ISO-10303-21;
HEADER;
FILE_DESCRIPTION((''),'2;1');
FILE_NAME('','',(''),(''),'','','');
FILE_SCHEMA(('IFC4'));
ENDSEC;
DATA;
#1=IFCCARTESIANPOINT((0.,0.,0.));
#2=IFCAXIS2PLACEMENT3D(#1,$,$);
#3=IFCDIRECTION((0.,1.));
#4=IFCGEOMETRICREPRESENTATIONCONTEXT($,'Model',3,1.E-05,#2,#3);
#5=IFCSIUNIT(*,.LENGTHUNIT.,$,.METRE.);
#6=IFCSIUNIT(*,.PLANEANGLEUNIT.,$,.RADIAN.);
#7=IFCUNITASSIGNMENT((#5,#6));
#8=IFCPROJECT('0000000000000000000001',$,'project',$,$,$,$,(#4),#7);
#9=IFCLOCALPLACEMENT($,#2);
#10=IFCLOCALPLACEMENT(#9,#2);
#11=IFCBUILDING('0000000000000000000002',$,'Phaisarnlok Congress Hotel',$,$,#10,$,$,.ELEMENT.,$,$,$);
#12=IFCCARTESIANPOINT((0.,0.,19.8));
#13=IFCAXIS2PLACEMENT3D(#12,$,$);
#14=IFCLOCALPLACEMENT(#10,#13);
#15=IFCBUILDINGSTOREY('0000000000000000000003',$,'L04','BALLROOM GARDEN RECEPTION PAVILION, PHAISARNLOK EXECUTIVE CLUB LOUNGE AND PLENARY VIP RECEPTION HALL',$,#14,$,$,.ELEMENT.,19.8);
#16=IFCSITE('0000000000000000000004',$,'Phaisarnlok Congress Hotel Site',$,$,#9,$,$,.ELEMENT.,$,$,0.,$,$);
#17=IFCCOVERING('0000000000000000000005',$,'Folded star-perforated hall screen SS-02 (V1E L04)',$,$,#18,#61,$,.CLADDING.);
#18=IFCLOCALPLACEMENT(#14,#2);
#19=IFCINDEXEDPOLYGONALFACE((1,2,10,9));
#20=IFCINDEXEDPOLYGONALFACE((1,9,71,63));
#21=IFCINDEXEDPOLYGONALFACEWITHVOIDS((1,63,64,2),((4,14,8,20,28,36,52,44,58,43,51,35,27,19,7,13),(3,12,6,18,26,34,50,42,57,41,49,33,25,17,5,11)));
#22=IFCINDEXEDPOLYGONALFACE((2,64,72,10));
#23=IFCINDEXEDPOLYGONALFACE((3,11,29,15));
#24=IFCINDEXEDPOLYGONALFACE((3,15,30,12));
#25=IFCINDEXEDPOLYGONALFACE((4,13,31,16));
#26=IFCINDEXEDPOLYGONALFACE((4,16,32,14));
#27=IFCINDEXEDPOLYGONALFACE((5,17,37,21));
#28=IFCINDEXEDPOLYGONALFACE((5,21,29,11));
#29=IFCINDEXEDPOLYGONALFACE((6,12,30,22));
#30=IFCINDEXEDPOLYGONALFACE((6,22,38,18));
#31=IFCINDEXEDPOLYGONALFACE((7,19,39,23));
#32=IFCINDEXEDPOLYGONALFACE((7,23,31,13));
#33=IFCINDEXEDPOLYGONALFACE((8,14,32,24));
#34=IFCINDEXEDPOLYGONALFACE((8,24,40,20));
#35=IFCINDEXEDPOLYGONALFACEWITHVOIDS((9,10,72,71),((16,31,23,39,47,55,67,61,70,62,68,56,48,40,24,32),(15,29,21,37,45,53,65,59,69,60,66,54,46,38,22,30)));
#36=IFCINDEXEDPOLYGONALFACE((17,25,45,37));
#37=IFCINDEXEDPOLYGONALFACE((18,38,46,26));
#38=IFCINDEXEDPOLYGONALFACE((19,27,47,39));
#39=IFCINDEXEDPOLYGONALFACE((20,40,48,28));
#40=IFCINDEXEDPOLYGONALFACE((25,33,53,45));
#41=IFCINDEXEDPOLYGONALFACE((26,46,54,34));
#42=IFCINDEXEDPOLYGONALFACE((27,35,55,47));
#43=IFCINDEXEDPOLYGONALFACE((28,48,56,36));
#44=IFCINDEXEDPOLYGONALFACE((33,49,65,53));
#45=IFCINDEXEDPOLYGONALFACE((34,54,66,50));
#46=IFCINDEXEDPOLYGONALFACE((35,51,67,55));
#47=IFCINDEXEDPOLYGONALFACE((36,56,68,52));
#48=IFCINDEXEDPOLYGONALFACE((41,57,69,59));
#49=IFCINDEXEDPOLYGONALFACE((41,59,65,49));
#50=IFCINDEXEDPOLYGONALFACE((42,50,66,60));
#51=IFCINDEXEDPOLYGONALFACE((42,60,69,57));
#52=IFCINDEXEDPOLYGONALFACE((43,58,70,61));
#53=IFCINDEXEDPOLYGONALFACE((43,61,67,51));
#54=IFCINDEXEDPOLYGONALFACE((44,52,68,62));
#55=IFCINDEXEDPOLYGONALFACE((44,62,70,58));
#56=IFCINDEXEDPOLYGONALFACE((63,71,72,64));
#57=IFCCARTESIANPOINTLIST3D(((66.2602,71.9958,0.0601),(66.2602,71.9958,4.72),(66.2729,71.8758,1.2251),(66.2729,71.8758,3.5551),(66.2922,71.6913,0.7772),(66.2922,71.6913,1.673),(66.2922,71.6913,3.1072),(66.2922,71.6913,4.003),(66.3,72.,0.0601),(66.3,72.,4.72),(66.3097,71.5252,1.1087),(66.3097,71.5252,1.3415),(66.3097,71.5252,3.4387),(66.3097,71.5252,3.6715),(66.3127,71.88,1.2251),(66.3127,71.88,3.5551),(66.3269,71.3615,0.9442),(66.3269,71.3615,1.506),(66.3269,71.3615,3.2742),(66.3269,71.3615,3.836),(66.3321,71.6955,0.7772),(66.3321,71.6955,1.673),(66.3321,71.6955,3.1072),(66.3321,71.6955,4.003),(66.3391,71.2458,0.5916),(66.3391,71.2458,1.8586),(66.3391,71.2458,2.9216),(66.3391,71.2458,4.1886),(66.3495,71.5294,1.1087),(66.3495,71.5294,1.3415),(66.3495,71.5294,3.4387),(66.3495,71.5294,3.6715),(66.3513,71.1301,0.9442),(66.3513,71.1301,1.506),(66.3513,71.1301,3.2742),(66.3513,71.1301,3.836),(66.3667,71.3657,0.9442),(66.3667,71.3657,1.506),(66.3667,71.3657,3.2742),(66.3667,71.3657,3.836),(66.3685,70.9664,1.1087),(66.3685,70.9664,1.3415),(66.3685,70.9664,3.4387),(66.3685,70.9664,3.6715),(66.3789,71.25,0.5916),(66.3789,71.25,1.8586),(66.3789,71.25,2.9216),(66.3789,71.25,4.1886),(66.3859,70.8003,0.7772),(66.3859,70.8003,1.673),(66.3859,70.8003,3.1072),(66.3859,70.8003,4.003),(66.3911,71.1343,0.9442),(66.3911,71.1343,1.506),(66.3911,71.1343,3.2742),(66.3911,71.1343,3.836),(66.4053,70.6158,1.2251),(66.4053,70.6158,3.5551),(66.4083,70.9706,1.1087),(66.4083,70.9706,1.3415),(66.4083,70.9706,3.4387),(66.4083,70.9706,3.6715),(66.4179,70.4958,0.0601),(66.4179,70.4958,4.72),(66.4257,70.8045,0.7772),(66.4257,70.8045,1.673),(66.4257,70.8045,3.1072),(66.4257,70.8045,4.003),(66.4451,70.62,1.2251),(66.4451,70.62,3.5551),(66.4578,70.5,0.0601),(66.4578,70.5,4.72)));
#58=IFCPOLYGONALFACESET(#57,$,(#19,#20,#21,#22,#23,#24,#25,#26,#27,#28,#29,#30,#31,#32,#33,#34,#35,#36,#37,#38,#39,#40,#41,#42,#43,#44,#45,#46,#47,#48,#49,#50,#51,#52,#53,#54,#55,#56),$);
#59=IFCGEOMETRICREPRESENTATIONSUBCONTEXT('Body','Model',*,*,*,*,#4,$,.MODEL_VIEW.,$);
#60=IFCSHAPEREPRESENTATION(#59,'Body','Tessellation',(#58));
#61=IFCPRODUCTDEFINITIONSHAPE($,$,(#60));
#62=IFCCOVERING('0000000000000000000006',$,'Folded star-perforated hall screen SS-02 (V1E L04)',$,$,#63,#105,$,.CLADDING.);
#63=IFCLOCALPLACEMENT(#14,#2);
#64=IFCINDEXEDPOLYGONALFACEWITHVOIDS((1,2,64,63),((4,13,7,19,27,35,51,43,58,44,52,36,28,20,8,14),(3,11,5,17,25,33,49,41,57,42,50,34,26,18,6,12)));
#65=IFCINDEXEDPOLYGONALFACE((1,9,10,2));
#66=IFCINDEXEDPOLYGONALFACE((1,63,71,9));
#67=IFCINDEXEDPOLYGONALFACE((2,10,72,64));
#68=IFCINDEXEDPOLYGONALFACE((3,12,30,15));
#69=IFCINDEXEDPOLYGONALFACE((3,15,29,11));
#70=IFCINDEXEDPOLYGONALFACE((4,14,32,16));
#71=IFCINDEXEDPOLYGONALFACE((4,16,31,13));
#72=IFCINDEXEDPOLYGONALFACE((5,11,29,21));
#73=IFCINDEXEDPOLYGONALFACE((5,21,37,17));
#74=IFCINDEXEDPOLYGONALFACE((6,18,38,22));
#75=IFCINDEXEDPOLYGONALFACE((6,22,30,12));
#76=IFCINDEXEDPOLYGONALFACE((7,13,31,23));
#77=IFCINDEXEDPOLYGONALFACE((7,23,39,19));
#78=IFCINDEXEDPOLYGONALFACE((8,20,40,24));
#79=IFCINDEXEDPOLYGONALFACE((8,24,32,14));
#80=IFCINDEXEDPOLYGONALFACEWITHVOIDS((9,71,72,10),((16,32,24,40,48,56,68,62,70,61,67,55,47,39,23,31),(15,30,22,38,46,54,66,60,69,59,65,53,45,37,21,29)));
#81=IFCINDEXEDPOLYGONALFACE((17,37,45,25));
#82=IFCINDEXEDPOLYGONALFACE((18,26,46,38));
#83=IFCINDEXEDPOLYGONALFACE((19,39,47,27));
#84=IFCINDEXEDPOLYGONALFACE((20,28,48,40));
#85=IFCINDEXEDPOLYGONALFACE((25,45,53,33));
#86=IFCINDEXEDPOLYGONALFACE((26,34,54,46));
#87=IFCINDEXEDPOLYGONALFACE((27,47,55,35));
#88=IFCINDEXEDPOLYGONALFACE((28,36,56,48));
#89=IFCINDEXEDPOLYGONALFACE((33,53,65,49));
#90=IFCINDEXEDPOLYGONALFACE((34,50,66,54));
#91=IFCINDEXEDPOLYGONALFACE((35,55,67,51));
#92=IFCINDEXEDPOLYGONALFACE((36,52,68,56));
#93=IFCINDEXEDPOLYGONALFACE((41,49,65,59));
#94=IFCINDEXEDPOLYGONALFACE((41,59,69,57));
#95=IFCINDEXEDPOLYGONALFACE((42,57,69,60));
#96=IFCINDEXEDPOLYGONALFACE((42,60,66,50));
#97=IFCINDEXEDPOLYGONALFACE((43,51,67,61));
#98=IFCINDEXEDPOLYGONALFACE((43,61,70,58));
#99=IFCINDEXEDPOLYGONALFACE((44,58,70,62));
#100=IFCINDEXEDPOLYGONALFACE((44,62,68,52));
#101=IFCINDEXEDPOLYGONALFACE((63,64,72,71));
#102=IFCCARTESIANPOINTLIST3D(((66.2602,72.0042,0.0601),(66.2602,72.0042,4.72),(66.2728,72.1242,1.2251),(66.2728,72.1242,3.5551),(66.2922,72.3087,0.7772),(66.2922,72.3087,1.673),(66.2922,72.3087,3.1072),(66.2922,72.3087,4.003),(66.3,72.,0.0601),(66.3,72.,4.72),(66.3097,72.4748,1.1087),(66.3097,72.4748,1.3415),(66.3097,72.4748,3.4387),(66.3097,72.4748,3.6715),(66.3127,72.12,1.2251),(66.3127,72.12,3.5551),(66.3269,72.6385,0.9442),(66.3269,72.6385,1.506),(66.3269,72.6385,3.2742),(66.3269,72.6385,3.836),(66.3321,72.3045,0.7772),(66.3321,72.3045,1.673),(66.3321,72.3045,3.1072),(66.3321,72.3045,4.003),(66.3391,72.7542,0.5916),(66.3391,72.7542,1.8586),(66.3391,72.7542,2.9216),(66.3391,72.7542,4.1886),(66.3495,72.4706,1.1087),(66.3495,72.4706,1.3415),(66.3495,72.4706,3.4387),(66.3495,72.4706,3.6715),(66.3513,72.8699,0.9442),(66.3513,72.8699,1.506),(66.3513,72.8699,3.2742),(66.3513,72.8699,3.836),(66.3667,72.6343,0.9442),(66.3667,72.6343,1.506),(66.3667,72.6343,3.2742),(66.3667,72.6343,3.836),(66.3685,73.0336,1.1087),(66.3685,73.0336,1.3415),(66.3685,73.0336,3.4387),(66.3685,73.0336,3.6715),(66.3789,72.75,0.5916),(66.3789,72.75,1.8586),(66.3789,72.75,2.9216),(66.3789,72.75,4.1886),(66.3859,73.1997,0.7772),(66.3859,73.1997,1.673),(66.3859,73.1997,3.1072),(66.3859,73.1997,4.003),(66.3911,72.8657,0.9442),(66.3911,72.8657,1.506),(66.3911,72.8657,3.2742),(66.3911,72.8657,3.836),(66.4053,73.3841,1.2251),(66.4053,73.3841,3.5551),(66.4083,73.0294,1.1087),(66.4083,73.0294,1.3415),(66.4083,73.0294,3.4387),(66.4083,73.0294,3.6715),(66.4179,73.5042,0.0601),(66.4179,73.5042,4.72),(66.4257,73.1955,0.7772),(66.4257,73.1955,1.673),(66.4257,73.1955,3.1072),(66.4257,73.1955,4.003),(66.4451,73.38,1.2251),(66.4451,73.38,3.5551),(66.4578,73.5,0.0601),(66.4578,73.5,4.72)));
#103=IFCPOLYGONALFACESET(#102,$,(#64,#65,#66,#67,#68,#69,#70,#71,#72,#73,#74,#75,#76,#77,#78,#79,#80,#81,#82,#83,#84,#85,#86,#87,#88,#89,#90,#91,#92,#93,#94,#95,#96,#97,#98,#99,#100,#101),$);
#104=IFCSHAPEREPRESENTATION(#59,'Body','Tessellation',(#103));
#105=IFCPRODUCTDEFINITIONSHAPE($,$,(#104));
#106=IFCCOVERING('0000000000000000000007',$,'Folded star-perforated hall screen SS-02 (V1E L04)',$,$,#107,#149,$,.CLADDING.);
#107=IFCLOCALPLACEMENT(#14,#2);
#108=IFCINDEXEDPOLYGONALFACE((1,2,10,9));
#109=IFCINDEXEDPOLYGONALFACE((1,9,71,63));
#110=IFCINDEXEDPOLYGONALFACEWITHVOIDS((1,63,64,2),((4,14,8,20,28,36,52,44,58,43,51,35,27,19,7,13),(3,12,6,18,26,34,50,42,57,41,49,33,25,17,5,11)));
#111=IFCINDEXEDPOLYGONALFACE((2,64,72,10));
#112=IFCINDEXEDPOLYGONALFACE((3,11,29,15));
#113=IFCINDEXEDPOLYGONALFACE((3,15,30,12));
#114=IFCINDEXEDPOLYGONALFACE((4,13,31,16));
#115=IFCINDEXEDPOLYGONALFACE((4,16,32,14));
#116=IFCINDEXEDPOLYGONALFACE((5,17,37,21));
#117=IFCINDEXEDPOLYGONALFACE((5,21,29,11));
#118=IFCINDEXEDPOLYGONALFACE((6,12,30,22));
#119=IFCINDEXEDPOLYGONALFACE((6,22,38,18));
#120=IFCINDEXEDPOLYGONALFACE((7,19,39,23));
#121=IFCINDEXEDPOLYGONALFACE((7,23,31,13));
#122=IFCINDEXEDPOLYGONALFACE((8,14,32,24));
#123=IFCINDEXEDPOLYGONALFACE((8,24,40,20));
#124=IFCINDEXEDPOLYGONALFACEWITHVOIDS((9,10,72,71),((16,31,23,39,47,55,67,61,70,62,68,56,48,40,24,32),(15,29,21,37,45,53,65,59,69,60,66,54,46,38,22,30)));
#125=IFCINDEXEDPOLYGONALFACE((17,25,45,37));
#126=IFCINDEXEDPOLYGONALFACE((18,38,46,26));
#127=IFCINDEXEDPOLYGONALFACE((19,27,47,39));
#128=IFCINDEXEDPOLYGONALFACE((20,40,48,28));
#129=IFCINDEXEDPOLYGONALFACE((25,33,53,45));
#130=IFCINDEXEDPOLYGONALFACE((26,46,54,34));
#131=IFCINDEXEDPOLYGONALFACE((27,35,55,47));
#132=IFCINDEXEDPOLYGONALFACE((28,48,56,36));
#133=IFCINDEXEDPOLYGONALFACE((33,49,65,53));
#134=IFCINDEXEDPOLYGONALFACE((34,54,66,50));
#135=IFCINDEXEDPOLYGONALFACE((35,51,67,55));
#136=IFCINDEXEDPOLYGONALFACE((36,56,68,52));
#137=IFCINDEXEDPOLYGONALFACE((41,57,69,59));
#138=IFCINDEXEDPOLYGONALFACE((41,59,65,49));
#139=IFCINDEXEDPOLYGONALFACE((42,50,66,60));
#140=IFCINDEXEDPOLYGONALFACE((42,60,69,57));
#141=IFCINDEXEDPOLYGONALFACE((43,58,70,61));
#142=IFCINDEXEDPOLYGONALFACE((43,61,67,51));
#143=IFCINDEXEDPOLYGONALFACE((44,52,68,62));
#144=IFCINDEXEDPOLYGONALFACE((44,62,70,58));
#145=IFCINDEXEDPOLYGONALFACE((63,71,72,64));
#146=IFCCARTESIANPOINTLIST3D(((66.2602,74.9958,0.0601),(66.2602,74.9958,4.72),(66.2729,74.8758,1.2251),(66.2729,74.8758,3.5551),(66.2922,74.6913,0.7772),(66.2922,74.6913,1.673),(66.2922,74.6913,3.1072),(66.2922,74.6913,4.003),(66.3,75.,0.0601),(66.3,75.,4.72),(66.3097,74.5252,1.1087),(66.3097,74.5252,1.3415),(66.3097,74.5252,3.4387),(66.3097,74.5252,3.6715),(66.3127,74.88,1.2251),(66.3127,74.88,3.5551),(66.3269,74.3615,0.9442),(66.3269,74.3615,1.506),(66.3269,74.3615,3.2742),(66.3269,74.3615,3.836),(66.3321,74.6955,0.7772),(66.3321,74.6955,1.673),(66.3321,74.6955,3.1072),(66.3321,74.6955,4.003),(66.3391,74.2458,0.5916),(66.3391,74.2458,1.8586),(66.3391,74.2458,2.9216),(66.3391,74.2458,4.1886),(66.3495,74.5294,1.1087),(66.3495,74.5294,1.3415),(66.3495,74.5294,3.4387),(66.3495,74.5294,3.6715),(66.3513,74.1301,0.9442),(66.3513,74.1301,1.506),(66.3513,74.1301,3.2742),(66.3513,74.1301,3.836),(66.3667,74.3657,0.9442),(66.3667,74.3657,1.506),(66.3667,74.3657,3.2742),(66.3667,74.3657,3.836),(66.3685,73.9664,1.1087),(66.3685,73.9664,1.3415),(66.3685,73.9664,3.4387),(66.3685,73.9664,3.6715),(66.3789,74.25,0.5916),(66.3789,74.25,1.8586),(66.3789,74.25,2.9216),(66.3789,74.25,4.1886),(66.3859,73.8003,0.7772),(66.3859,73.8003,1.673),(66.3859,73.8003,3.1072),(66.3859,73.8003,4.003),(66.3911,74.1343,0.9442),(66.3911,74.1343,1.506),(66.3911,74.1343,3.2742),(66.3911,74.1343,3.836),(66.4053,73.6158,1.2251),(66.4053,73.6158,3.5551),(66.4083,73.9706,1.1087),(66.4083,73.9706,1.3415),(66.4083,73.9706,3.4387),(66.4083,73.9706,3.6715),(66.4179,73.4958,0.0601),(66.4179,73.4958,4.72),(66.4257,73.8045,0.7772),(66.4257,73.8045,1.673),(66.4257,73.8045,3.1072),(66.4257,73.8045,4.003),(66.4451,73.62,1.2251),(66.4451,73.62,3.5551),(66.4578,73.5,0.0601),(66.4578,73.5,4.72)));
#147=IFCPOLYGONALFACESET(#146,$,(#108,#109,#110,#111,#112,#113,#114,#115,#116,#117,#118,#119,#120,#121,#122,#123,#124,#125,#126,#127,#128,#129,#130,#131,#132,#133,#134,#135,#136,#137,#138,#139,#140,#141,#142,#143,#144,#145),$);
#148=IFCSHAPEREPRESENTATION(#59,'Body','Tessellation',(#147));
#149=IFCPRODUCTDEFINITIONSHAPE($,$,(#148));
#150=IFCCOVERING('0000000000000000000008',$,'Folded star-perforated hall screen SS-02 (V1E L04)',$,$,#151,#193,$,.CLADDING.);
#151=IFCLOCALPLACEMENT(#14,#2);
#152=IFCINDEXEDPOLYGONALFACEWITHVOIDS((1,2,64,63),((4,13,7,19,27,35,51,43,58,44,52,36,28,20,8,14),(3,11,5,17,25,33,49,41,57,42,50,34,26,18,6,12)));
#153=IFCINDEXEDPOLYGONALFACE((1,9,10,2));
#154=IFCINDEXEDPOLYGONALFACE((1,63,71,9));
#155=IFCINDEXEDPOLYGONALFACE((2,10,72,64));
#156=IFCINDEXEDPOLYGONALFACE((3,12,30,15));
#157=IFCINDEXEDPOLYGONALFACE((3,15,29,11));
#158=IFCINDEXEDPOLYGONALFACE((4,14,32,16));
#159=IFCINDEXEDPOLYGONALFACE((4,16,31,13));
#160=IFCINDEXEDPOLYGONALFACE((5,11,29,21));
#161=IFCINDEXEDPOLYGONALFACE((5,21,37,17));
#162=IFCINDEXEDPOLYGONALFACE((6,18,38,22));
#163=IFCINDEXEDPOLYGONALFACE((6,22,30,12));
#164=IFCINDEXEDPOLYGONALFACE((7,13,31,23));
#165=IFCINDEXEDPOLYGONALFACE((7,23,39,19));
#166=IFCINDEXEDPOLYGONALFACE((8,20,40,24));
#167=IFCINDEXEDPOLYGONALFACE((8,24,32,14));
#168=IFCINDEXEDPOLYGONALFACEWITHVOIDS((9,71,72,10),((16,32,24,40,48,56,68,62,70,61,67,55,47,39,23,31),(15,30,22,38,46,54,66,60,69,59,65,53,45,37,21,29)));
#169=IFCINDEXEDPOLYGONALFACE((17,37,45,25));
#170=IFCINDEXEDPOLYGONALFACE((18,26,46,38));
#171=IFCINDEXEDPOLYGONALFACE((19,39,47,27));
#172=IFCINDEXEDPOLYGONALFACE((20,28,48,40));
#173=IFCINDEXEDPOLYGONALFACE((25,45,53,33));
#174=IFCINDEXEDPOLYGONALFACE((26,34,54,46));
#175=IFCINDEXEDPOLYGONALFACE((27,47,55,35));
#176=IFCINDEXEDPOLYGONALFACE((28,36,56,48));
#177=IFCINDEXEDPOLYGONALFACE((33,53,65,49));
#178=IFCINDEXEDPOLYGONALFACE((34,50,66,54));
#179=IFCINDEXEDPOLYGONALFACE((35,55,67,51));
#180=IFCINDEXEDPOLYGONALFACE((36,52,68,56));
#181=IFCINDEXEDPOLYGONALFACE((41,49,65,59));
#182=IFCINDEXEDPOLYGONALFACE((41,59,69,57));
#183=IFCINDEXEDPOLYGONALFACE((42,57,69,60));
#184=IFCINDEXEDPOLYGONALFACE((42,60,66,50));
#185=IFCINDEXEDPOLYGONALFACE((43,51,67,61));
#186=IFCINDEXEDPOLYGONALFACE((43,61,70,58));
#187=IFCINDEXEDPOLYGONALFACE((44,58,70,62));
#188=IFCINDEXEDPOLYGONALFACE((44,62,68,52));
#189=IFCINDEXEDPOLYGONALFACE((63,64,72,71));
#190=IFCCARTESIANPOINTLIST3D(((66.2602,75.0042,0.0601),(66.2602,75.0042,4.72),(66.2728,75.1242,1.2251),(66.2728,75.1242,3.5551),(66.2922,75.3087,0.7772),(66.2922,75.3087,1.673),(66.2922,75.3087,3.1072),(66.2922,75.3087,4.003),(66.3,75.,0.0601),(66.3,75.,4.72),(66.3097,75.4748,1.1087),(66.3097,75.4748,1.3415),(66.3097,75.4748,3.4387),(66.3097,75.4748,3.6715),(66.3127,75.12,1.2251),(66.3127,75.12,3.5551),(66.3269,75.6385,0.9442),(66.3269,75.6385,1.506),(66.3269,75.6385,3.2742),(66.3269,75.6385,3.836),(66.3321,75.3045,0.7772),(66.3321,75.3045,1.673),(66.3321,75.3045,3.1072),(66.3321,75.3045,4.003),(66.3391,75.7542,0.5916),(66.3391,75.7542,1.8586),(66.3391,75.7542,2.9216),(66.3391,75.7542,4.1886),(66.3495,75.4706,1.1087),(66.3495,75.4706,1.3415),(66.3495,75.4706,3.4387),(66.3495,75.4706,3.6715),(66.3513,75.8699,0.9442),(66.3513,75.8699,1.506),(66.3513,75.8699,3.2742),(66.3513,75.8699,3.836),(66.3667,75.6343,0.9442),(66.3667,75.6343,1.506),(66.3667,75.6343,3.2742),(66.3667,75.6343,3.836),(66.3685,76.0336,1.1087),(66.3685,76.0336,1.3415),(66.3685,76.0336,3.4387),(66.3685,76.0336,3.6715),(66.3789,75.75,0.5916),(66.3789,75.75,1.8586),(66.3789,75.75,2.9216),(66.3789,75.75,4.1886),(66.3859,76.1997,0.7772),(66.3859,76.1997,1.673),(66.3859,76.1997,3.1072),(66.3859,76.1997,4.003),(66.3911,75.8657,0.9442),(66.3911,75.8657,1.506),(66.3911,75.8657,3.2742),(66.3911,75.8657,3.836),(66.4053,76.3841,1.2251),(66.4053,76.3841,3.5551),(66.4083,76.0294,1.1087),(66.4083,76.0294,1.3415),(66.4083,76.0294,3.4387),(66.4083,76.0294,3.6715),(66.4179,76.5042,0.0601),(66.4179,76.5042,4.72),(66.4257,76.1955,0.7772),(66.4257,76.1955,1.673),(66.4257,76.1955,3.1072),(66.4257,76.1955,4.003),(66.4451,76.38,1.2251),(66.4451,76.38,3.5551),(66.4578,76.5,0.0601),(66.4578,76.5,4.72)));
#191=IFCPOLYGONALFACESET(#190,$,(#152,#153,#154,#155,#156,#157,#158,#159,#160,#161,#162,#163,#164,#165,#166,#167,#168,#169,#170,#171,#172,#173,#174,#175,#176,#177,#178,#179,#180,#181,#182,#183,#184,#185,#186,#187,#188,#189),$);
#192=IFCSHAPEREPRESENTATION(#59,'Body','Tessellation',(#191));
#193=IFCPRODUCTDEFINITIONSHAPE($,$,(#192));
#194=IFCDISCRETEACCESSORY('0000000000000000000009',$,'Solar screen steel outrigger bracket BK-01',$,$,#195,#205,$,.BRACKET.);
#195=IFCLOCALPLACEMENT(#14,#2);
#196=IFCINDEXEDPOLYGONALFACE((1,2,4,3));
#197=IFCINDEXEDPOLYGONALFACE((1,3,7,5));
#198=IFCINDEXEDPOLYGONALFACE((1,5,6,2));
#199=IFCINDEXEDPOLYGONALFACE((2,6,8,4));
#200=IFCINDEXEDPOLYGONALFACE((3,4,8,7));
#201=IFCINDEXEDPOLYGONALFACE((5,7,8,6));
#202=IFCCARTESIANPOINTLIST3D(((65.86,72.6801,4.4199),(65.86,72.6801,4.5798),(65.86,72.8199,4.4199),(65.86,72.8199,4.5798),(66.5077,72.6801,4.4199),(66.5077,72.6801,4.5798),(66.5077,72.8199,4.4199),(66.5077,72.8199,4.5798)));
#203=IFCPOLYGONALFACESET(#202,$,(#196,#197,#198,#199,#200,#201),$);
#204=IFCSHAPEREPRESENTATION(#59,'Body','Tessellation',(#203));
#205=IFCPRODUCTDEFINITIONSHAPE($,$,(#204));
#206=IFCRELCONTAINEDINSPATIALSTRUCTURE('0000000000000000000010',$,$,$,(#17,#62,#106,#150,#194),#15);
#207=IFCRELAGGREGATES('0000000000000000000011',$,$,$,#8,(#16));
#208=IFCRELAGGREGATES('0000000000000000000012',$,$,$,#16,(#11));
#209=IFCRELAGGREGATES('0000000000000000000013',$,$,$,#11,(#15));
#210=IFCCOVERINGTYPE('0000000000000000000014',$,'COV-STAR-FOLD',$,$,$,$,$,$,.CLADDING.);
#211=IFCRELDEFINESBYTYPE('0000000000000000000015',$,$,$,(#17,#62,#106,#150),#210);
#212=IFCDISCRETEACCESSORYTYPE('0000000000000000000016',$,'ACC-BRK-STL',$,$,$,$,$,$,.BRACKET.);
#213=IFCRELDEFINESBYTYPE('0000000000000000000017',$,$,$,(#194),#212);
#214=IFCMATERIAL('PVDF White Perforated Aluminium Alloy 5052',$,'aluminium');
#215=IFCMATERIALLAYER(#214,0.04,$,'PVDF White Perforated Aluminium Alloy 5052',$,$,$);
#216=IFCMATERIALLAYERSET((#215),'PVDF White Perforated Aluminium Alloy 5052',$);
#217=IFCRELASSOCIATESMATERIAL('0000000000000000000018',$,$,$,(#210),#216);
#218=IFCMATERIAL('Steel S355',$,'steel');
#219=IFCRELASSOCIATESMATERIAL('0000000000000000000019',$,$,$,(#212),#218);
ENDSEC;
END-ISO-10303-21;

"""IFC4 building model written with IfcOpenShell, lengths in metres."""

from ifc_helpers import new_model, si_unit, direction, frame, origin, origin_2d, place, context, subcontext, project, spatial, polyline, rectangle, outline, extrude, material, layer, layer_set, type_object, element, save


model = new_model("IFC4")

# Units and contexts
model_context = context("Model", 3, precision=1e-05, world=origin(), true_north=direction((0.0, 1.0)))
body_context = subcontext(model_context, "Body", "Model", "MODEL_VIEW")
ifc_project = project(units=[si_unit("LENGTHUNIT", "METRE"), si_unit("PLANEANGLEUNIT", "RADIAN")], contexts=[model_context])

# Site, building, storey
site_placement = place(None, origin())
site = spatial("IfcSite", under=ifc_project, at=site_placement, Name="Phaisarnlok Congress Hotel Site", CompositionType="ELEMENT", RefElevation=0.0)
building_placement = place(site_placement, origin())
building = spatial("IfcBuilding", under=site, at=building_placement, Name="Phaisarnlok Congress Hotel", CompositionType="ELEMENT")
storey_placement = place(building_placement, frame((0.0, 0.0, 19.8)))
storey = spatial("IfcBuildingStorey", under=building, at=storey_placement, Name="L04", Description="BALLROOM GARDEN RECEPTION PAVILION, PHAISARNLOK EXECUTIVE CLUB LOUNGE AND PLENARY VIP RECEPTION HALL", CompositionType="ELEMENT", Elevation=19.8)

# Shared definitions
ifc_material_1 = material(Name="Steel S355", Category="steel")

# Coverings
ifc_material_2 = material(Name="PVDF White Perforated Aluminium Alloy 5052", Category="aluminium")
ifc_layer_1 = layer(ifc_material_2, 0.04, Name="PVDF White Perforated Aluminium Alloy 5052")
ifc_layer_set_1 = layer_set([ifc_layer_1], Name="PVDF White Perforated Aluminium Alloy 5052")
covering_type = type_object("IfcCoveringType", Name="COV-STAR-FOLD", PredefinedType="CLADDING", material=ifc_layer_set_1)
for number, where, z_axis, x_axis, name in (
    (1, (66.3, 72.0, 0.0601), (-0.994518, -0.104567, 0.0), (0.104567, -0.994518, 0.0), "Folded star-perforated hall screen SS-02 (V1E L04)"),
    (2, (66.4578, 73.5, 0.0601), (-0.994518, 0.104567, 0.0), (-0.104567, -0.994518, 0.0), "Folded star-perforated hall screen SS-02 (V1E L04)"),
    (3, (66.3, 75.0, 0.0601), (-0.994518, -0.104567, 0.0), (0.104567, -0.994518, 0.0), "Folded star-perforated hall screen SS-02 (V1E L04)"),
    (4, (66.4578, 76.5, 0.0601), (-0.994518, 0.104567, 0.0), (-0.104567, -0.994518, 0.0), "Folded star-perforated hall screen SS-02 (V1E L04)"),
):
    element("IfcCovering", number, at=place(storey_placement, frame(where, z_axis=z_axis, x_axis=x_axis)), inside=storey, type_object=covering_type, Name=name, PredefinedType="CLADDING", context=body_context, shape_type="SweptSolid", body=[
        extrude(outline(polyline([(0.0, 0.0), (1.5083, 0.0), (1.5083, 4.6599), (0.0, 4.6599), (0.0, 0.0)]), holes=[polyline([(1.0351, 1.0486), (1.2021, 0.7171), (0.8705, 0.8841), (0.7541, 0.5315), (0.6378, 0.8841), (0.3062, 0.7171), (0.4732, 1.0486), (0.1207, 1.165), (0.4732, 1.2814), (0.3062, 1.6129), (0.6378, 1.4459), (0.7541, 1.7985), (0.8705, 1.4459), (1.2021, 1.6129), (1.0351, 1.2814), (1.3876, 1.165), (1.0351, 1.0486)]), polyline([(1.0351, 3.3786), (1.2021, 3.0471), (0.8705, 3.2141), (0.7541, 2.8615), (0.6378, 3.2141), (0.3062, 3.0471), (0.4732, 3.3786), (0.1207, 3.495), (0.4732, 3.6114), (0.3062, 3.9429), (0.6378, 3.7759), (0.7541, 4.1285), (0.8705, 3.7759), (1.2021, 3.9429), (1.0351, 3.6114), (1.3876, 3.495), (1.0351, 3.3786)])]), origin(), (0.0, 0.0, 1.0), 0.04),
    ])

# Discrete accessory
discrete_accessory_type = type_object("IfcDiscreteAccessoryType", Name="ACC-BRK-STL", PredefinedType="BRACKET", material=ifc_material_1)
for number, where, z_axis, x_axis, name in (
    (5, (66.1838, 72.75, 4.4199), (0.0, 0.0, 1.0), (1.0, 0.0, 0.0), "Solar screen steel outrigger bracket BK-01"),
):
    element("IfcDiscreteAccessory", number, at=place(storey_placement, frame(where, z_axis=z_axis, x_axis=x_axis)), inside=storey, type_object=discrete_accessory_type, Name=name, PredefinedType="BRACKET", context=body_context, shape_type="SweptSolid", body=[
        extrude(rectangle(XDim=0.6477, YDim=0.1399, at=origin_2d()), origin(), (0.0, 0.0, 1.0), 0.1599),
    ])

save(model, "model.ifc")
